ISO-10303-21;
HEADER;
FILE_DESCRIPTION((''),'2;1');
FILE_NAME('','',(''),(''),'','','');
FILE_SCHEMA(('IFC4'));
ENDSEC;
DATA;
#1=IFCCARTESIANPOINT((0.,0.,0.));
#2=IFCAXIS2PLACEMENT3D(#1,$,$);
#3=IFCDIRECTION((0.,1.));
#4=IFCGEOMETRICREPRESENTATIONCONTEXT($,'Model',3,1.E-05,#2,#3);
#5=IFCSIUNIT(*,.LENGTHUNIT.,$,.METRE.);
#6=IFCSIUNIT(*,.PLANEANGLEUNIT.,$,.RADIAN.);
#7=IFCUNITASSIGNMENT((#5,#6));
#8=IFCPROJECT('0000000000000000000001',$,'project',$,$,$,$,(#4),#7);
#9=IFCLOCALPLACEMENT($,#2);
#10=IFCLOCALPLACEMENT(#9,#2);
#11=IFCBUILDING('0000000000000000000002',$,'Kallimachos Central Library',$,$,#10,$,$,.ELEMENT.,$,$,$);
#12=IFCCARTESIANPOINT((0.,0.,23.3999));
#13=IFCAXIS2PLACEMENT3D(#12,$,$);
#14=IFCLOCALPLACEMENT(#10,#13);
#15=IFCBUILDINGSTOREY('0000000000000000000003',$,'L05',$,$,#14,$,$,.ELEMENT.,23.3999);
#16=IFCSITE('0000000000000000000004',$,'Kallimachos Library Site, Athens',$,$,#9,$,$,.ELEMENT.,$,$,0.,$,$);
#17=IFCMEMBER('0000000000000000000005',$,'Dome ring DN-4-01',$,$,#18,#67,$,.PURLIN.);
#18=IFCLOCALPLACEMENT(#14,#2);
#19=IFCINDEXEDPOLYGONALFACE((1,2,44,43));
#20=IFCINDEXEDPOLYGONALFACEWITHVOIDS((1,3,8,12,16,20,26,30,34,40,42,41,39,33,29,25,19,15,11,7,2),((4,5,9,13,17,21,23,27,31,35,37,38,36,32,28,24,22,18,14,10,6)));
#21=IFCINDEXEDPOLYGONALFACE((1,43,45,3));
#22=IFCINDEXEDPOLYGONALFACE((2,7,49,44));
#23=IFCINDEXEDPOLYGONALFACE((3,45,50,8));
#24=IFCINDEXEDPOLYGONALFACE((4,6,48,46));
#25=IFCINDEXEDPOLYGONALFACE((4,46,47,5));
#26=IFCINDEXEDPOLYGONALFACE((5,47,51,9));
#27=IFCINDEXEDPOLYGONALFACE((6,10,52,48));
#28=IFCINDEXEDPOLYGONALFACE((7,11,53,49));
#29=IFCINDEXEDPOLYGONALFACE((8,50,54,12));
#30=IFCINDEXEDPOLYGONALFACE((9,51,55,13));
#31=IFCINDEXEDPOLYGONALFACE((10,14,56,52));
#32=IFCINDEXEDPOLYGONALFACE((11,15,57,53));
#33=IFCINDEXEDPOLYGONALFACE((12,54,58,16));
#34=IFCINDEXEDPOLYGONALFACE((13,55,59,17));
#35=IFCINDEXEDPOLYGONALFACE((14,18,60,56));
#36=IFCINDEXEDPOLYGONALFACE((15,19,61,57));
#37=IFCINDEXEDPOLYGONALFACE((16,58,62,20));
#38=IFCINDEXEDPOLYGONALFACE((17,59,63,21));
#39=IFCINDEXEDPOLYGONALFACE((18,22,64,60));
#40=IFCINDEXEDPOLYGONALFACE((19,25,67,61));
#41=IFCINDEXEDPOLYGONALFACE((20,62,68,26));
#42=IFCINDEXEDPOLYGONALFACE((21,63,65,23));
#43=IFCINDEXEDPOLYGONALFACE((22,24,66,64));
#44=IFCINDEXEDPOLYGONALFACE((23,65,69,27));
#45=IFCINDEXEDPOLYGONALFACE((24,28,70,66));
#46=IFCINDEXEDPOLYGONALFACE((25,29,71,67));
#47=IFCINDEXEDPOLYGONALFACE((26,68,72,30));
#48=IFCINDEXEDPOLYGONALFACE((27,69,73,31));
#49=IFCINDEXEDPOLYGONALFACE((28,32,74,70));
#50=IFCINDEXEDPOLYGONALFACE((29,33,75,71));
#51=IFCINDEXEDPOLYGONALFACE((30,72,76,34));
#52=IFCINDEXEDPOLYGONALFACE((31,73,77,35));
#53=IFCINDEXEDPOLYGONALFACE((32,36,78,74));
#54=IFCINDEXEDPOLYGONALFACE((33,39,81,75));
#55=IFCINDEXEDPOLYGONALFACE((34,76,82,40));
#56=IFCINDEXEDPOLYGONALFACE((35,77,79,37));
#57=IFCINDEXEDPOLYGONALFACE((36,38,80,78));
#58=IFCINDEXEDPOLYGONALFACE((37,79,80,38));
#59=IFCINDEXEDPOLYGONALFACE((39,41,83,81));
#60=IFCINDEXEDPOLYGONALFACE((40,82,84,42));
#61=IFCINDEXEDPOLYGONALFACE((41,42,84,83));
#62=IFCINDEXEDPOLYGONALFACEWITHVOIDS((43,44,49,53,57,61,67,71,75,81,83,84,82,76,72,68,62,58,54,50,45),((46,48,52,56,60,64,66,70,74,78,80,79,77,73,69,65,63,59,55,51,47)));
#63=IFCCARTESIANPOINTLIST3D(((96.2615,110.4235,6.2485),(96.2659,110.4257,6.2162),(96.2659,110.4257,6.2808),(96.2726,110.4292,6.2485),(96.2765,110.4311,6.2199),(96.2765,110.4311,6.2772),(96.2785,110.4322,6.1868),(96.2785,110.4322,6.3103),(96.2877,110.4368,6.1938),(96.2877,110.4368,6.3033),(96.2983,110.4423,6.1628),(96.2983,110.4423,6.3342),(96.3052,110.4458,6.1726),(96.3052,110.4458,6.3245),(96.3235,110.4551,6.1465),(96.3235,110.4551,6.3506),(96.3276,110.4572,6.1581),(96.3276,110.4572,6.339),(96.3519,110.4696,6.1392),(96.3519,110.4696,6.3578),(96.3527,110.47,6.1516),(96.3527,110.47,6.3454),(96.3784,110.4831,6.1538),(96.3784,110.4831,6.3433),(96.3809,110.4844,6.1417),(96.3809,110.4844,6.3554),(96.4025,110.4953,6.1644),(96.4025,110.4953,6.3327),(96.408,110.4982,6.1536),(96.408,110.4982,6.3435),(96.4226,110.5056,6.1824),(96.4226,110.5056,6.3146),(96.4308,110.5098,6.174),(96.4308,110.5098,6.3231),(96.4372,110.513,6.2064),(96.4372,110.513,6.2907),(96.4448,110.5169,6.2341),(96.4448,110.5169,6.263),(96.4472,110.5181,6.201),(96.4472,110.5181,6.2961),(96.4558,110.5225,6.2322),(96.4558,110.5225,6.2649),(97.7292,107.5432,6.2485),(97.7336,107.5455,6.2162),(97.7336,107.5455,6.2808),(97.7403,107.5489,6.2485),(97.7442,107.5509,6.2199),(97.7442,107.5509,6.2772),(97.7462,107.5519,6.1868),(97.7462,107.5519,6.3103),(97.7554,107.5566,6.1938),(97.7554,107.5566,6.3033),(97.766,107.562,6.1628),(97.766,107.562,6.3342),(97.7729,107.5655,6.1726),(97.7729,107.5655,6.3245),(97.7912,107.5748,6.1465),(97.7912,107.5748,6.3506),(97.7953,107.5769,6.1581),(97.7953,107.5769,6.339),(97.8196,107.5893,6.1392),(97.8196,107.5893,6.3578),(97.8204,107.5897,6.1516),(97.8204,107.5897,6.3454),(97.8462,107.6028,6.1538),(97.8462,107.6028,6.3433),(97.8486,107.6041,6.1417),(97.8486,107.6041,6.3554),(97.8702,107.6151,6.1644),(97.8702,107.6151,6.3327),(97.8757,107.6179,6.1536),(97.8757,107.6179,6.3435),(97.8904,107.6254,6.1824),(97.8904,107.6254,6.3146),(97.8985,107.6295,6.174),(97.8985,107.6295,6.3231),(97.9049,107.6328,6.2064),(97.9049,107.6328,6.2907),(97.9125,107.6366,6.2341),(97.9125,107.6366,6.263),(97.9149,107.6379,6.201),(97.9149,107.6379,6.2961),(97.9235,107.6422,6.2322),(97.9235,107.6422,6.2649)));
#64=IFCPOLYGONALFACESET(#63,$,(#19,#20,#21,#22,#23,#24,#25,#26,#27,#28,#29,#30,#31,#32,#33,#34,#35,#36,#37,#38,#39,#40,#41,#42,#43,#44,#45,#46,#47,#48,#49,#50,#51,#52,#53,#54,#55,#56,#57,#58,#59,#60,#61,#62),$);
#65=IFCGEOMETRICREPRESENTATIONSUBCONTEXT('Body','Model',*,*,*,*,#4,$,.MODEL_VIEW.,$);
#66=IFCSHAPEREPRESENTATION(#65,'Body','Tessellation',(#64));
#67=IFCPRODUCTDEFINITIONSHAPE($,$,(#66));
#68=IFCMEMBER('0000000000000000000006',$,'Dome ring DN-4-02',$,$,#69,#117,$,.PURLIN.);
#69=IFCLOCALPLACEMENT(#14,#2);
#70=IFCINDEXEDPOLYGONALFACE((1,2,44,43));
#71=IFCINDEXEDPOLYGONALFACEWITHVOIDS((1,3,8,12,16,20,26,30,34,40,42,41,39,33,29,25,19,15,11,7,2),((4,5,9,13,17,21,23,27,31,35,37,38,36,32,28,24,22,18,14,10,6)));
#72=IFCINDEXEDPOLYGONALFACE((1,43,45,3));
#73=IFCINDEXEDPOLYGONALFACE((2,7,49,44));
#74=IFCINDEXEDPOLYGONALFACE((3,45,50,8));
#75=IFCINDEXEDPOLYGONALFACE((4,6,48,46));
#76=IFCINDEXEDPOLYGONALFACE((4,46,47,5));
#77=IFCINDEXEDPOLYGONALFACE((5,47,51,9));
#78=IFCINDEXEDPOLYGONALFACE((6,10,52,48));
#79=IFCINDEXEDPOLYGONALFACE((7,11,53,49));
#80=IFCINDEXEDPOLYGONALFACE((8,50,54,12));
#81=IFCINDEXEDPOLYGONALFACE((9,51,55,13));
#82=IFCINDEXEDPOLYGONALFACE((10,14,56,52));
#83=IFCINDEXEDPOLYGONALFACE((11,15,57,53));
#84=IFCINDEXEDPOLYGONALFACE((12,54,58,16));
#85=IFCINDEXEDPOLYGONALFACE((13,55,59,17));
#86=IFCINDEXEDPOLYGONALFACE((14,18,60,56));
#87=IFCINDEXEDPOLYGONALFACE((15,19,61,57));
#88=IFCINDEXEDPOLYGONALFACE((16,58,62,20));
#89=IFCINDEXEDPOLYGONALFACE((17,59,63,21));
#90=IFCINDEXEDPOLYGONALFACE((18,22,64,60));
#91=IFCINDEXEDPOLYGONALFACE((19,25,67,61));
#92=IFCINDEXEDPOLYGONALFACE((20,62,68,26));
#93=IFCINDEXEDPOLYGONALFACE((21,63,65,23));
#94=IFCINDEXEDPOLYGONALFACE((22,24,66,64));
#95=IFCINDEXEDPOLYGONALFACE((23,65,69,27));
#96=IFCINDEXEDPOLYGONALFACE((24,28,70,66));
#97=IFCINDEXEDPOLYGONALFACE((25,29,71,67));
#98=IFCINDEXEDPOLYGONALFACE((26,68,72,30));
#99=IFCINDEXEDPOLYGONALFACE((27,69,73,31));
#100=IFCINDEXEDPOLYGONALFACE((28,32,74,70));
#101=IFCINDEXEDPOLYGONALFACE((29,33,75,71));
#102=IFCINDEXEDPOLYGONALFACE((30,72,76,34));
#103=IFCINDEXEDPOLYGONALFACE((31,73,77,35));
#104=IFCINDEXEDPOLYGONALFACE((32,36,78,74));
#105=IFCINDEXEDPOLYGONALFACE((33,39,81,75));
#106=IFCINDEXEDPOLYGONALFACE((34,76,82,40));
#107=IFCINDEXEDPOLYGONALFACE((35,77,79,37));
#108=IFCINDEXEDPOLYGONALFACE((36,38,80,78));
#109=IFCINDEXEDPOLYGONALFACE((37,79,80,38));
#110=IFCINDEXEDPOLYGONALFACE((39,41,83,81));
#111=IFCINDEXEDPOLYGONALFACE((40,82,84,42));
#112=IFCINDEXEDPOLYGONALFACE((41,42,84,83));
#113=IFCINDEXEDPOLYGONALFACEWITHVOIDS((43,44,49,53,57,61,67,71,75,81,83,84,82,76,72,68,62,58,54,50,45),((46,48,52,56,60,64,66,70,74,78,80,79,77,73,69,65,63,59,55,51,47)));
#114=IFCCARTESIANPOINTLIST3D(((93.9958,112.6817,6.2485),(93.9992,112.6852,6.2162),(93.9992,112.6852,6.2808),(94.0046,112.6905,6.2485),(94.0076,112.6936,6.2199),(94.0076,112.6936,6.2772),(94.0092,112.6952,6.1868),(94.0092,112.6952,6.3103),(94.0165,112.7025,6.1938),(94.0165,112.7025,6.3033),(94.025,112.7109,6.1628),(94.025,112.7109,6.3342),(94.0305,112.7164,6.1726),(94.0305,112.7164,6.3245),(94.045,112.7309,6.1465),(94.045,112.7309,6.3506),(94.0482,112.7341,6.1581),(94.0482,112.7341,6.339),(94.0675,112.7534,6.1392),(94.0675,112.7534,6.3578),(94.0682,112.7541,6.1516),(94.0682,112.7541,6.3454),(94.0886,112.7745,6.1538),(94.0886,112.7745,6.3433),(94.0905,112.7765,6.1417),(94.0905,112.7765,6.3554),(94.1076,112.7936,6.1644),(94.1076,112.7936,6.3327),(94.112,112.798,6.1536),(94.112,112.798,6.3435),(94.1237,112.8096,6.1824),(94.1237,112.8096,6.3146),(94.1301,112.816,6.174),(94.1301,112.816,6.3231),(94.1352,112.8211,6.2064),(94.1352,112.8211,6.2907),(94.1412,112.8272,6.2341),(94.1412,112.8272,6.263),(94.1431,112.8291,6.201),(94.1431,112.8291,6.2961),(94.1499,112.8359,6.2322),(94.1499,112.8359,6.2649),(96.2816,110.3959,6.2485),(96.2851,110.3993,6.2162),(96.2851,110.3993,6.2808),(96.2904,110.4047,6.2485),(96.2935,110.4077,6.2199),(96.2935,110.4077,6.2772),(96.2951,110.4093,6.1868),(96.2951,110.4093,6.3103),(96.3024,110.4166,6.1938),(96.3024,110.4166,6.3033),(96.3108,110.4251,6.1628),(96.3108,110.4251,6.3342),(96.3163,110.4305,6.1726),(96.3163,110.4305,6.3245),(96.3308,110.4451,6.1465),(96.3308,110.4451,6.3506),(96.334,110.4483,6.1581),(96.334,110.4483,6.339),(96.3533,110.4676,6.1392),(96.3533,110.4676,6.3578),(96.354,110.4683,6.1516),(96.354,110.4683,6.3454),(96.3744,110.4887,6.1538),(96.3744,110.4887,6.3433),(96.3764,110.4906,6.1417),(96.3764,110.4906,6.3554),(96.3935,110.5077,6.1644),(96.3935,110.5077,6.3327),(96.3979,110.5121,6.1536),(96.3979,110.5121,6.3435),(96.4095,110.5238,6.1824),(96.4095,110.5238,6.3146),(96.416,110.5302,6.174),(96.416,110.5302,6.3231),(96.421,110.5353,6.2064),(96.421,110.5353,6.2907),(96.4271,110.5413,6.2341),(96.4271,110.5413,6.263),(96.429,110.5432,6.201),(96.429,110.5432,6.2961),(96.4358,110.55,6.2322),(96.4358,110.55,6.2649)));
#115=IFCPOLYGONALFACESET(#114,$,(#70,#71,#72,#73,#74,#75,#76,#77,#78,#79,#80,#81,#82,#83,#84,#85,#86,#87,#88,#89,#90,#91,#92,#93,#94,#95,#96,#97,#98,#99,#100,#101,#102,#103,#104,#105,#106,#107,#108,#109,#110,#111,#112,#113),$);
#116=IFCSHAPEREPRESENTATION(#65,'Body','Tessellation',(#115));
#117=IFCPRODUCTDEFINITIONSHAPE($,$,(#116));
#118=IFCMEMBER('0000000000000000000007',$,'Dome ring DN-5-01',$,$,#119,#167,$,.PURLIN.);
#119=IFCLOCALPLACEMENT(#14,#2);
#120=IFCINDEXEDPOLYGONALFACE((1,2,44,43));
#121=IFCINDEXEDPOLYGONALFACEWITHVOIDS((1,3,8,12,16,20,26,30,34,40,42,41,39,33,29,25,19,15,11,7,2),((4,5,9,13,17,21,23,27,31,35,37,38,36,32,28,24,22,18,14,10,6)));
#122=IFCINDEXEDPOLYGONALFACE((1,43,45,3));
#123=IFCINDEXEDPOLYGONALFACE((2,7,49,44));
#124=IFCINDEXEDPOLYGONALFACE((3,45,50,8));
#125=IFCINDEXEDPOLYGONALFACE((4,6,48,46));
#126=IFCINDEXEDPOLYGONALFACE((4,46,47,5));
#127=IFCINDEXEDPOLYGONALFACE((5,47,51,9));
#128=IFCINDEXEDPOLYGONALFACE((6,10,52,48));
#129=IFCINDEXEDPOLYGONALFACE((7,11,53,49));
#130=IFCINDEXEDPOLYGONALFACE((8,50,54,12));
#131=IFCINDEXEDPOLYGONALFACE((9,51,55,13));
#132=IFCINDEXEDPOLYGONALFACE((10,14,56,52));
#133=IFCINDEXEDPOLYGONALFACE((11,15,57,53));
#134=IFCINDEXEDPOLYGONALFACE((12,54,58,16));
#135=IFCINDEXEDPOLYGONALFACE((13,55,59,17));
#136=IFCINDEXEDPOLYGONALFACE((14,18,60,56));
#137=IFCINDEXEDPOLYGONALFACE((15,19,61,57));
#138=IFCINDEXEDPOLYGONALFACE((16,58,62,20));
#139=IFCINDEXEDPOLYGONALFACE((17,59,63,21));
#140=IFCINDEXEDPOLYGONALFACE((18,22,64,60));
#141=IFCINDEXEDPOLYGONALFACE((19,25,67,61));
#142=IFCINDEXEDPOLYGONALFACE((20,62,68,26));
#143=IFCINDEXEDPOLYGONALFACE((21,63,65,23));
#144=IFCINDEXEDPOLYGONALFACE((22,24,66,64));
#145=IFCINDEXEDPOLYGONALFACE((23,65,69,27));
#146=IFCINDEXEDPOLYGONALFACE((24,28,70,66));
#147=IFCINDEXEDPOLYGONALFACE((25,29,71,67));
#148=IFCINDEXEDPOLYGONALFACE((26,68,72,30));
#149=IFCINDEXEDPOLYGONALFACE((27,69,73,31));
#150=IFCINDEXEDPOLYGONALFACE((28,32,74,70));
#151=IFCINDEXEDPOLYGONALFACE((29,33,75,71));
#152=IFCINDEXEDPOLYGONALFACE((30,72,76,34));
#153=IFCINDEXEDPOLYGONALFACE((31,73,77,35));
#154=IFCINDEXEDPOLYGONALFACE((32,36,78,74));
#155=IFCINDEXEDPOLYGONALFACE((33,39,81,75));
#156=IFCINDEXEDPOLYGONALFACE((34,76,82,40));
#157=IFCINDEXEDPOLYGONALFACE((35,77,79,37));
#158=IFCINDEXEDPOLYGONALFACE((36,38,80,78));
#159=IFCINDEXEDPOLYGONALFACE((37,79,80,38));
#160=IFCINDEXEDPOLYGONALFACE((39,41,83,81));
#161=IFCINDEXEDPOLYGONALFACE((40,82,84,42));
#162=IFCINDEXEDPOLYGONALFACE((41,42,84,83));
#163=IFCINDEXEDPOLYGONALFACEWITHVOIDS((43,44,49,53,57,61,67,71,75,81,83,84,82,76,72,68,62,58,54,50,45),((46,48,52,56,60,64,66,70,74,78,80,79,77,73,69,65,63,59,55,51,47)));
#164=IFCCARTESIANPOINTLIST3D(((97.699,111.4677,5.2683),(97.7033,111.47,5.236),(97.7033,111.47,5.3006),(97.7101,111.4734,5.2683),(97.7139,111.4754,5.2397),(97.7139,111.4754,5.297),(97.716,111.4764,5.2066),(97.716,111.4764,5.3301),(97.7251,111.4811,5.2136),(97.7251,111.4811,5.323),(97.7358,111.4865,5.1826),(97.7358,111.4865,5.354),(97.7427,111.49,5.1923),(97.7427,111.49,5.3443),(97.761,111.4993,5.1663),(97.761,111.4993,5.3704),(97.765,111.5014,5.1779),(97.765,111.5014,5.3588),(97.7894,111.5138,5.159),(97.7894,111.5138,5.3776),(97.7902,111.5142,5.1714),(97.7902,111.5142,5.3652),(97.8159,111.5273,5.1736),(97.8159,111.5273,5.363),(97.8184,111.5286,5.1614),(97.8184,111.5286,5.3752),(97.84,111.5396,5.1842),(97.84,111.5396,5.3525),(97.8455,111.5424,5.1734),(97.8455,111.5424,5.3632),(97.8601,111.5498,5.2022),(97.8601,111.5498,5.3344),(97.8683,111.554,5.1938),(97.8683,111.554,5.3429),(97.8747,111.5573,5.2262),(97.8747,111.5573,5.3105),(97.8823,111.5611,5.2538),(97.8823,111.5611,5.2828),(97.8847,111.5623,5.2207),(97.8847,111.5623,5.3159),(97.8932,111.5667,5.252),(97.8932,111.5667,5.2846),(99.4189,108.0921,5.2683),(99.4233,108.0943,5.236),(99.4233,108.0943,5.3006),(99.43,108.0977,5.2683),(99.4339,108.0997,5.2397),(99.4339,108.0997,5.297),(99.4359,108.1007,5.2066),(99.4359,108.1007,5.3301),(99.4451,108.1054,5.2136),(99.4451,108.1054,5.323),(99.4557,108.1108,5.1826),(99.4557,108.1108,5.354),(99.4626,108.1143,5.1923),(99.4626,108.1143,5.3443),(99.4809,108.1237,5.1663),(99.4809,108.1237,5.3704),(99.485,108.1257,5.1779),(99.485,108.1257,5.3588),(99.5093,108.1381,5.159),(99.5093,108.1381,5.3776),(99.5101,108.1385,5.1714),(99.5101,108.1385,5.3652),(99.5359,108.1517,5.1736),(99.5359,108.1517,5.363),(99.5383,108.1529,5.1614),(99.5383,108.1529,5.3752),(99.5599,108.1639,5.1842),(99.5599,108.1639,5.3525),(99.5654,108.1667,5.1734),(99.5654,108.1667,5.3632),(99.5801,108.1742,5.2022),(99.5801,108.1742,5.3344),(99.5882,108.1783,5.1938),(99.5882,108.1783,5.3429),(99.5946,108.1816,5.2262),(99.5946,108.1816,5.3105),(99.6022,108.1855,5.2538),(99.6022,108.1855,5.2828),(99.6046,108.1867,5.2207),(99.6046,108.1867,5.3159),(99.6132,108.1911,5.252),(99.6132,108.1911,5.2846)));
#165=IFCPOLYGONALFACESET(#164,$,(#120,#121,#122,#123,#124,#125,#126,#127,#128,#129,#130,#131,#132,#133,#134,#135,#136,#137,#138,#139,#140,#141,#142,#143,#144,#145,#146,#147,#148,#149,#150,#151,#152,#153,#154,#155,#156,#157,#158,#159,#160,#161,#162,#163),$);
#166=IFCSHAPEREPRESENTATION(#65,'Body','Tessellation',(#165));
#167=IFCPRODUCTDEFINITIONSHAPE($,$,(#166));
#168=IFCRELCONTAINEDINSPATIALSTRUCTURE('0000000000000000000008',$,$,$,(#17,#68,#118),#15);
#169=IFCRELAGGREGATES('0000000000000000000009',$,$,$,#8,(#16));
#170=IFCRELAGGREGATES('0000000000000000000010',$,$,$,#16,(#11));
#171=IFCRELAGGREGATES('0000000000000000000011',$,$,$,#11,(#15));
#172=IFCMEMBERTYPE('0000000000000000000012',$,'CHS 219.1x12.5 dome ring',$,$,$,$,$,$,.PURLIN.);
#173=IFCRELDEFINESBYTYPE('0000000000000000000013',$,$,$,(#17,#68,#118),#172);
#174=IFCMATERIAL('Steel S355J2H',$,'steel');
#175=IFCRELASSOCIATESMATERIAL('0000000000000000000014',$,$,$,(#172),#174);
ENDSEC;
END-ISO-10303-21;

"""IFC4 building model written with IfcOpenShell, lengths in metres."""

from ifc_helpers import new_model, si_unit, direction, frame, origin, origin_2d, place, context, subcontext, project, spatial, hollow_circle, extrude, material, material_profile, profile_set, type_object, element, save


model = new_model("IFC4")

# Units and contexts
model_context = context("Model", 3, precision=1e-05, world=origin(), true_north=direction((0.0, 1.0)))
body_context = subcontext(model_context, "Body", "Model", "MODEL_VIEW")
ifc_project = project(units=[si_unit("LENGTHUNIT", "METRE"), si_unit("PLANEANGLEUNIT", "RADIAN")], contexts=[model_context])

# Site, building, storey
site_placement = place(None, origin())
site = spatial("IfcSite", under=ifc_project, at=site_placement, Name="Kallimachos Library Site, Athens", CompositionType="ELEMENT", RefElevation=0.0)
building_placement = place(site_placement, origin())
building = spatial("IfcBuilding", under=site, at=building_placement, Name="Kallimachos Central Library", CompositionType="ELEMENT")
storey_placement = place(building_placement, frame((0.0, 0.0, 23.3999)))
storey = spatial("IfcBuildingStorey", under=building, at=storey_placement, Name="L05", CompositionType="ELEMENT", Elevation=23.3999)

# Members
ifc_material_1 = material(Name="Steel S355J2H", Category="steel")
ifc_material_profile_1 = material_profile(ifc_material_1, hollow_circle(Radius=0.1096, WallThickness=0.0125, at=origin_2d()), Name="CHS 219.1x12.5")
ifc_profile_set_1 = profile_set([ifc_material_profile_1], Name="Steel S355J2H")
member_type_1 = type_object("IfcMemberType", Name="CHS 219.1x12.5 dome ring", PredefinedType="PURLIN", material=ifc_profile_set_1)
for number, where, z_axis, x_axis, name in (
    (1, (97.8269, 107.593, 6.2485), (-0.454028, 0.890988, 0.0), (-0.890988, -0.454028, 0.0), "Dome ring DN-4-01"),
    (2, (96.3591, 110.4734, 6.2485), (-0.707107, 0.707107, 0.0), (-0.707107, -0.707107, 0.0), "Dome ring DN-4-02"),
):
    element("IfcMember", number, at=place(storey_placement, frame(where, z_axis=z_axis, x_axis=x_axis)), inside=storey, type_object=member_type_1, Name=name, PredefinedType="PURLIN", context=body_context, shape_type="SweptSolid", body=[
        extrude(hollow_circle(Radius=0.1096, WallThickness=0.0125, at=origin_2d()), origin(), (0.0, 0.0, 1.0), 3.2327),
    ])
for number, where, z_axis, x_axis, name in (
    (3, (99.5166, 108.1418, 5.2683), (-0.45398, 0.891012, 0.0), (-0.891012, -0.45398, 0.0), "Dome ring DN-5-01"),
):
    element("IfcMember", number, at=place(storey_placement, frame(where, z_axis=z_axis, x_axis=x_axis)), inside=storey, type_object=member_type_1, Name=name, PredefinedType="PURLIN", context=body_context, shape_type="SweptSolid", body=[
        extrude(hollow_circle(Radius=0.1096, WallThickness=0.0125, at=origin_2d()), origin(), (0.0, 0.0, 1.0), 3.7886),
    ])

save(model, "model.ifc")
